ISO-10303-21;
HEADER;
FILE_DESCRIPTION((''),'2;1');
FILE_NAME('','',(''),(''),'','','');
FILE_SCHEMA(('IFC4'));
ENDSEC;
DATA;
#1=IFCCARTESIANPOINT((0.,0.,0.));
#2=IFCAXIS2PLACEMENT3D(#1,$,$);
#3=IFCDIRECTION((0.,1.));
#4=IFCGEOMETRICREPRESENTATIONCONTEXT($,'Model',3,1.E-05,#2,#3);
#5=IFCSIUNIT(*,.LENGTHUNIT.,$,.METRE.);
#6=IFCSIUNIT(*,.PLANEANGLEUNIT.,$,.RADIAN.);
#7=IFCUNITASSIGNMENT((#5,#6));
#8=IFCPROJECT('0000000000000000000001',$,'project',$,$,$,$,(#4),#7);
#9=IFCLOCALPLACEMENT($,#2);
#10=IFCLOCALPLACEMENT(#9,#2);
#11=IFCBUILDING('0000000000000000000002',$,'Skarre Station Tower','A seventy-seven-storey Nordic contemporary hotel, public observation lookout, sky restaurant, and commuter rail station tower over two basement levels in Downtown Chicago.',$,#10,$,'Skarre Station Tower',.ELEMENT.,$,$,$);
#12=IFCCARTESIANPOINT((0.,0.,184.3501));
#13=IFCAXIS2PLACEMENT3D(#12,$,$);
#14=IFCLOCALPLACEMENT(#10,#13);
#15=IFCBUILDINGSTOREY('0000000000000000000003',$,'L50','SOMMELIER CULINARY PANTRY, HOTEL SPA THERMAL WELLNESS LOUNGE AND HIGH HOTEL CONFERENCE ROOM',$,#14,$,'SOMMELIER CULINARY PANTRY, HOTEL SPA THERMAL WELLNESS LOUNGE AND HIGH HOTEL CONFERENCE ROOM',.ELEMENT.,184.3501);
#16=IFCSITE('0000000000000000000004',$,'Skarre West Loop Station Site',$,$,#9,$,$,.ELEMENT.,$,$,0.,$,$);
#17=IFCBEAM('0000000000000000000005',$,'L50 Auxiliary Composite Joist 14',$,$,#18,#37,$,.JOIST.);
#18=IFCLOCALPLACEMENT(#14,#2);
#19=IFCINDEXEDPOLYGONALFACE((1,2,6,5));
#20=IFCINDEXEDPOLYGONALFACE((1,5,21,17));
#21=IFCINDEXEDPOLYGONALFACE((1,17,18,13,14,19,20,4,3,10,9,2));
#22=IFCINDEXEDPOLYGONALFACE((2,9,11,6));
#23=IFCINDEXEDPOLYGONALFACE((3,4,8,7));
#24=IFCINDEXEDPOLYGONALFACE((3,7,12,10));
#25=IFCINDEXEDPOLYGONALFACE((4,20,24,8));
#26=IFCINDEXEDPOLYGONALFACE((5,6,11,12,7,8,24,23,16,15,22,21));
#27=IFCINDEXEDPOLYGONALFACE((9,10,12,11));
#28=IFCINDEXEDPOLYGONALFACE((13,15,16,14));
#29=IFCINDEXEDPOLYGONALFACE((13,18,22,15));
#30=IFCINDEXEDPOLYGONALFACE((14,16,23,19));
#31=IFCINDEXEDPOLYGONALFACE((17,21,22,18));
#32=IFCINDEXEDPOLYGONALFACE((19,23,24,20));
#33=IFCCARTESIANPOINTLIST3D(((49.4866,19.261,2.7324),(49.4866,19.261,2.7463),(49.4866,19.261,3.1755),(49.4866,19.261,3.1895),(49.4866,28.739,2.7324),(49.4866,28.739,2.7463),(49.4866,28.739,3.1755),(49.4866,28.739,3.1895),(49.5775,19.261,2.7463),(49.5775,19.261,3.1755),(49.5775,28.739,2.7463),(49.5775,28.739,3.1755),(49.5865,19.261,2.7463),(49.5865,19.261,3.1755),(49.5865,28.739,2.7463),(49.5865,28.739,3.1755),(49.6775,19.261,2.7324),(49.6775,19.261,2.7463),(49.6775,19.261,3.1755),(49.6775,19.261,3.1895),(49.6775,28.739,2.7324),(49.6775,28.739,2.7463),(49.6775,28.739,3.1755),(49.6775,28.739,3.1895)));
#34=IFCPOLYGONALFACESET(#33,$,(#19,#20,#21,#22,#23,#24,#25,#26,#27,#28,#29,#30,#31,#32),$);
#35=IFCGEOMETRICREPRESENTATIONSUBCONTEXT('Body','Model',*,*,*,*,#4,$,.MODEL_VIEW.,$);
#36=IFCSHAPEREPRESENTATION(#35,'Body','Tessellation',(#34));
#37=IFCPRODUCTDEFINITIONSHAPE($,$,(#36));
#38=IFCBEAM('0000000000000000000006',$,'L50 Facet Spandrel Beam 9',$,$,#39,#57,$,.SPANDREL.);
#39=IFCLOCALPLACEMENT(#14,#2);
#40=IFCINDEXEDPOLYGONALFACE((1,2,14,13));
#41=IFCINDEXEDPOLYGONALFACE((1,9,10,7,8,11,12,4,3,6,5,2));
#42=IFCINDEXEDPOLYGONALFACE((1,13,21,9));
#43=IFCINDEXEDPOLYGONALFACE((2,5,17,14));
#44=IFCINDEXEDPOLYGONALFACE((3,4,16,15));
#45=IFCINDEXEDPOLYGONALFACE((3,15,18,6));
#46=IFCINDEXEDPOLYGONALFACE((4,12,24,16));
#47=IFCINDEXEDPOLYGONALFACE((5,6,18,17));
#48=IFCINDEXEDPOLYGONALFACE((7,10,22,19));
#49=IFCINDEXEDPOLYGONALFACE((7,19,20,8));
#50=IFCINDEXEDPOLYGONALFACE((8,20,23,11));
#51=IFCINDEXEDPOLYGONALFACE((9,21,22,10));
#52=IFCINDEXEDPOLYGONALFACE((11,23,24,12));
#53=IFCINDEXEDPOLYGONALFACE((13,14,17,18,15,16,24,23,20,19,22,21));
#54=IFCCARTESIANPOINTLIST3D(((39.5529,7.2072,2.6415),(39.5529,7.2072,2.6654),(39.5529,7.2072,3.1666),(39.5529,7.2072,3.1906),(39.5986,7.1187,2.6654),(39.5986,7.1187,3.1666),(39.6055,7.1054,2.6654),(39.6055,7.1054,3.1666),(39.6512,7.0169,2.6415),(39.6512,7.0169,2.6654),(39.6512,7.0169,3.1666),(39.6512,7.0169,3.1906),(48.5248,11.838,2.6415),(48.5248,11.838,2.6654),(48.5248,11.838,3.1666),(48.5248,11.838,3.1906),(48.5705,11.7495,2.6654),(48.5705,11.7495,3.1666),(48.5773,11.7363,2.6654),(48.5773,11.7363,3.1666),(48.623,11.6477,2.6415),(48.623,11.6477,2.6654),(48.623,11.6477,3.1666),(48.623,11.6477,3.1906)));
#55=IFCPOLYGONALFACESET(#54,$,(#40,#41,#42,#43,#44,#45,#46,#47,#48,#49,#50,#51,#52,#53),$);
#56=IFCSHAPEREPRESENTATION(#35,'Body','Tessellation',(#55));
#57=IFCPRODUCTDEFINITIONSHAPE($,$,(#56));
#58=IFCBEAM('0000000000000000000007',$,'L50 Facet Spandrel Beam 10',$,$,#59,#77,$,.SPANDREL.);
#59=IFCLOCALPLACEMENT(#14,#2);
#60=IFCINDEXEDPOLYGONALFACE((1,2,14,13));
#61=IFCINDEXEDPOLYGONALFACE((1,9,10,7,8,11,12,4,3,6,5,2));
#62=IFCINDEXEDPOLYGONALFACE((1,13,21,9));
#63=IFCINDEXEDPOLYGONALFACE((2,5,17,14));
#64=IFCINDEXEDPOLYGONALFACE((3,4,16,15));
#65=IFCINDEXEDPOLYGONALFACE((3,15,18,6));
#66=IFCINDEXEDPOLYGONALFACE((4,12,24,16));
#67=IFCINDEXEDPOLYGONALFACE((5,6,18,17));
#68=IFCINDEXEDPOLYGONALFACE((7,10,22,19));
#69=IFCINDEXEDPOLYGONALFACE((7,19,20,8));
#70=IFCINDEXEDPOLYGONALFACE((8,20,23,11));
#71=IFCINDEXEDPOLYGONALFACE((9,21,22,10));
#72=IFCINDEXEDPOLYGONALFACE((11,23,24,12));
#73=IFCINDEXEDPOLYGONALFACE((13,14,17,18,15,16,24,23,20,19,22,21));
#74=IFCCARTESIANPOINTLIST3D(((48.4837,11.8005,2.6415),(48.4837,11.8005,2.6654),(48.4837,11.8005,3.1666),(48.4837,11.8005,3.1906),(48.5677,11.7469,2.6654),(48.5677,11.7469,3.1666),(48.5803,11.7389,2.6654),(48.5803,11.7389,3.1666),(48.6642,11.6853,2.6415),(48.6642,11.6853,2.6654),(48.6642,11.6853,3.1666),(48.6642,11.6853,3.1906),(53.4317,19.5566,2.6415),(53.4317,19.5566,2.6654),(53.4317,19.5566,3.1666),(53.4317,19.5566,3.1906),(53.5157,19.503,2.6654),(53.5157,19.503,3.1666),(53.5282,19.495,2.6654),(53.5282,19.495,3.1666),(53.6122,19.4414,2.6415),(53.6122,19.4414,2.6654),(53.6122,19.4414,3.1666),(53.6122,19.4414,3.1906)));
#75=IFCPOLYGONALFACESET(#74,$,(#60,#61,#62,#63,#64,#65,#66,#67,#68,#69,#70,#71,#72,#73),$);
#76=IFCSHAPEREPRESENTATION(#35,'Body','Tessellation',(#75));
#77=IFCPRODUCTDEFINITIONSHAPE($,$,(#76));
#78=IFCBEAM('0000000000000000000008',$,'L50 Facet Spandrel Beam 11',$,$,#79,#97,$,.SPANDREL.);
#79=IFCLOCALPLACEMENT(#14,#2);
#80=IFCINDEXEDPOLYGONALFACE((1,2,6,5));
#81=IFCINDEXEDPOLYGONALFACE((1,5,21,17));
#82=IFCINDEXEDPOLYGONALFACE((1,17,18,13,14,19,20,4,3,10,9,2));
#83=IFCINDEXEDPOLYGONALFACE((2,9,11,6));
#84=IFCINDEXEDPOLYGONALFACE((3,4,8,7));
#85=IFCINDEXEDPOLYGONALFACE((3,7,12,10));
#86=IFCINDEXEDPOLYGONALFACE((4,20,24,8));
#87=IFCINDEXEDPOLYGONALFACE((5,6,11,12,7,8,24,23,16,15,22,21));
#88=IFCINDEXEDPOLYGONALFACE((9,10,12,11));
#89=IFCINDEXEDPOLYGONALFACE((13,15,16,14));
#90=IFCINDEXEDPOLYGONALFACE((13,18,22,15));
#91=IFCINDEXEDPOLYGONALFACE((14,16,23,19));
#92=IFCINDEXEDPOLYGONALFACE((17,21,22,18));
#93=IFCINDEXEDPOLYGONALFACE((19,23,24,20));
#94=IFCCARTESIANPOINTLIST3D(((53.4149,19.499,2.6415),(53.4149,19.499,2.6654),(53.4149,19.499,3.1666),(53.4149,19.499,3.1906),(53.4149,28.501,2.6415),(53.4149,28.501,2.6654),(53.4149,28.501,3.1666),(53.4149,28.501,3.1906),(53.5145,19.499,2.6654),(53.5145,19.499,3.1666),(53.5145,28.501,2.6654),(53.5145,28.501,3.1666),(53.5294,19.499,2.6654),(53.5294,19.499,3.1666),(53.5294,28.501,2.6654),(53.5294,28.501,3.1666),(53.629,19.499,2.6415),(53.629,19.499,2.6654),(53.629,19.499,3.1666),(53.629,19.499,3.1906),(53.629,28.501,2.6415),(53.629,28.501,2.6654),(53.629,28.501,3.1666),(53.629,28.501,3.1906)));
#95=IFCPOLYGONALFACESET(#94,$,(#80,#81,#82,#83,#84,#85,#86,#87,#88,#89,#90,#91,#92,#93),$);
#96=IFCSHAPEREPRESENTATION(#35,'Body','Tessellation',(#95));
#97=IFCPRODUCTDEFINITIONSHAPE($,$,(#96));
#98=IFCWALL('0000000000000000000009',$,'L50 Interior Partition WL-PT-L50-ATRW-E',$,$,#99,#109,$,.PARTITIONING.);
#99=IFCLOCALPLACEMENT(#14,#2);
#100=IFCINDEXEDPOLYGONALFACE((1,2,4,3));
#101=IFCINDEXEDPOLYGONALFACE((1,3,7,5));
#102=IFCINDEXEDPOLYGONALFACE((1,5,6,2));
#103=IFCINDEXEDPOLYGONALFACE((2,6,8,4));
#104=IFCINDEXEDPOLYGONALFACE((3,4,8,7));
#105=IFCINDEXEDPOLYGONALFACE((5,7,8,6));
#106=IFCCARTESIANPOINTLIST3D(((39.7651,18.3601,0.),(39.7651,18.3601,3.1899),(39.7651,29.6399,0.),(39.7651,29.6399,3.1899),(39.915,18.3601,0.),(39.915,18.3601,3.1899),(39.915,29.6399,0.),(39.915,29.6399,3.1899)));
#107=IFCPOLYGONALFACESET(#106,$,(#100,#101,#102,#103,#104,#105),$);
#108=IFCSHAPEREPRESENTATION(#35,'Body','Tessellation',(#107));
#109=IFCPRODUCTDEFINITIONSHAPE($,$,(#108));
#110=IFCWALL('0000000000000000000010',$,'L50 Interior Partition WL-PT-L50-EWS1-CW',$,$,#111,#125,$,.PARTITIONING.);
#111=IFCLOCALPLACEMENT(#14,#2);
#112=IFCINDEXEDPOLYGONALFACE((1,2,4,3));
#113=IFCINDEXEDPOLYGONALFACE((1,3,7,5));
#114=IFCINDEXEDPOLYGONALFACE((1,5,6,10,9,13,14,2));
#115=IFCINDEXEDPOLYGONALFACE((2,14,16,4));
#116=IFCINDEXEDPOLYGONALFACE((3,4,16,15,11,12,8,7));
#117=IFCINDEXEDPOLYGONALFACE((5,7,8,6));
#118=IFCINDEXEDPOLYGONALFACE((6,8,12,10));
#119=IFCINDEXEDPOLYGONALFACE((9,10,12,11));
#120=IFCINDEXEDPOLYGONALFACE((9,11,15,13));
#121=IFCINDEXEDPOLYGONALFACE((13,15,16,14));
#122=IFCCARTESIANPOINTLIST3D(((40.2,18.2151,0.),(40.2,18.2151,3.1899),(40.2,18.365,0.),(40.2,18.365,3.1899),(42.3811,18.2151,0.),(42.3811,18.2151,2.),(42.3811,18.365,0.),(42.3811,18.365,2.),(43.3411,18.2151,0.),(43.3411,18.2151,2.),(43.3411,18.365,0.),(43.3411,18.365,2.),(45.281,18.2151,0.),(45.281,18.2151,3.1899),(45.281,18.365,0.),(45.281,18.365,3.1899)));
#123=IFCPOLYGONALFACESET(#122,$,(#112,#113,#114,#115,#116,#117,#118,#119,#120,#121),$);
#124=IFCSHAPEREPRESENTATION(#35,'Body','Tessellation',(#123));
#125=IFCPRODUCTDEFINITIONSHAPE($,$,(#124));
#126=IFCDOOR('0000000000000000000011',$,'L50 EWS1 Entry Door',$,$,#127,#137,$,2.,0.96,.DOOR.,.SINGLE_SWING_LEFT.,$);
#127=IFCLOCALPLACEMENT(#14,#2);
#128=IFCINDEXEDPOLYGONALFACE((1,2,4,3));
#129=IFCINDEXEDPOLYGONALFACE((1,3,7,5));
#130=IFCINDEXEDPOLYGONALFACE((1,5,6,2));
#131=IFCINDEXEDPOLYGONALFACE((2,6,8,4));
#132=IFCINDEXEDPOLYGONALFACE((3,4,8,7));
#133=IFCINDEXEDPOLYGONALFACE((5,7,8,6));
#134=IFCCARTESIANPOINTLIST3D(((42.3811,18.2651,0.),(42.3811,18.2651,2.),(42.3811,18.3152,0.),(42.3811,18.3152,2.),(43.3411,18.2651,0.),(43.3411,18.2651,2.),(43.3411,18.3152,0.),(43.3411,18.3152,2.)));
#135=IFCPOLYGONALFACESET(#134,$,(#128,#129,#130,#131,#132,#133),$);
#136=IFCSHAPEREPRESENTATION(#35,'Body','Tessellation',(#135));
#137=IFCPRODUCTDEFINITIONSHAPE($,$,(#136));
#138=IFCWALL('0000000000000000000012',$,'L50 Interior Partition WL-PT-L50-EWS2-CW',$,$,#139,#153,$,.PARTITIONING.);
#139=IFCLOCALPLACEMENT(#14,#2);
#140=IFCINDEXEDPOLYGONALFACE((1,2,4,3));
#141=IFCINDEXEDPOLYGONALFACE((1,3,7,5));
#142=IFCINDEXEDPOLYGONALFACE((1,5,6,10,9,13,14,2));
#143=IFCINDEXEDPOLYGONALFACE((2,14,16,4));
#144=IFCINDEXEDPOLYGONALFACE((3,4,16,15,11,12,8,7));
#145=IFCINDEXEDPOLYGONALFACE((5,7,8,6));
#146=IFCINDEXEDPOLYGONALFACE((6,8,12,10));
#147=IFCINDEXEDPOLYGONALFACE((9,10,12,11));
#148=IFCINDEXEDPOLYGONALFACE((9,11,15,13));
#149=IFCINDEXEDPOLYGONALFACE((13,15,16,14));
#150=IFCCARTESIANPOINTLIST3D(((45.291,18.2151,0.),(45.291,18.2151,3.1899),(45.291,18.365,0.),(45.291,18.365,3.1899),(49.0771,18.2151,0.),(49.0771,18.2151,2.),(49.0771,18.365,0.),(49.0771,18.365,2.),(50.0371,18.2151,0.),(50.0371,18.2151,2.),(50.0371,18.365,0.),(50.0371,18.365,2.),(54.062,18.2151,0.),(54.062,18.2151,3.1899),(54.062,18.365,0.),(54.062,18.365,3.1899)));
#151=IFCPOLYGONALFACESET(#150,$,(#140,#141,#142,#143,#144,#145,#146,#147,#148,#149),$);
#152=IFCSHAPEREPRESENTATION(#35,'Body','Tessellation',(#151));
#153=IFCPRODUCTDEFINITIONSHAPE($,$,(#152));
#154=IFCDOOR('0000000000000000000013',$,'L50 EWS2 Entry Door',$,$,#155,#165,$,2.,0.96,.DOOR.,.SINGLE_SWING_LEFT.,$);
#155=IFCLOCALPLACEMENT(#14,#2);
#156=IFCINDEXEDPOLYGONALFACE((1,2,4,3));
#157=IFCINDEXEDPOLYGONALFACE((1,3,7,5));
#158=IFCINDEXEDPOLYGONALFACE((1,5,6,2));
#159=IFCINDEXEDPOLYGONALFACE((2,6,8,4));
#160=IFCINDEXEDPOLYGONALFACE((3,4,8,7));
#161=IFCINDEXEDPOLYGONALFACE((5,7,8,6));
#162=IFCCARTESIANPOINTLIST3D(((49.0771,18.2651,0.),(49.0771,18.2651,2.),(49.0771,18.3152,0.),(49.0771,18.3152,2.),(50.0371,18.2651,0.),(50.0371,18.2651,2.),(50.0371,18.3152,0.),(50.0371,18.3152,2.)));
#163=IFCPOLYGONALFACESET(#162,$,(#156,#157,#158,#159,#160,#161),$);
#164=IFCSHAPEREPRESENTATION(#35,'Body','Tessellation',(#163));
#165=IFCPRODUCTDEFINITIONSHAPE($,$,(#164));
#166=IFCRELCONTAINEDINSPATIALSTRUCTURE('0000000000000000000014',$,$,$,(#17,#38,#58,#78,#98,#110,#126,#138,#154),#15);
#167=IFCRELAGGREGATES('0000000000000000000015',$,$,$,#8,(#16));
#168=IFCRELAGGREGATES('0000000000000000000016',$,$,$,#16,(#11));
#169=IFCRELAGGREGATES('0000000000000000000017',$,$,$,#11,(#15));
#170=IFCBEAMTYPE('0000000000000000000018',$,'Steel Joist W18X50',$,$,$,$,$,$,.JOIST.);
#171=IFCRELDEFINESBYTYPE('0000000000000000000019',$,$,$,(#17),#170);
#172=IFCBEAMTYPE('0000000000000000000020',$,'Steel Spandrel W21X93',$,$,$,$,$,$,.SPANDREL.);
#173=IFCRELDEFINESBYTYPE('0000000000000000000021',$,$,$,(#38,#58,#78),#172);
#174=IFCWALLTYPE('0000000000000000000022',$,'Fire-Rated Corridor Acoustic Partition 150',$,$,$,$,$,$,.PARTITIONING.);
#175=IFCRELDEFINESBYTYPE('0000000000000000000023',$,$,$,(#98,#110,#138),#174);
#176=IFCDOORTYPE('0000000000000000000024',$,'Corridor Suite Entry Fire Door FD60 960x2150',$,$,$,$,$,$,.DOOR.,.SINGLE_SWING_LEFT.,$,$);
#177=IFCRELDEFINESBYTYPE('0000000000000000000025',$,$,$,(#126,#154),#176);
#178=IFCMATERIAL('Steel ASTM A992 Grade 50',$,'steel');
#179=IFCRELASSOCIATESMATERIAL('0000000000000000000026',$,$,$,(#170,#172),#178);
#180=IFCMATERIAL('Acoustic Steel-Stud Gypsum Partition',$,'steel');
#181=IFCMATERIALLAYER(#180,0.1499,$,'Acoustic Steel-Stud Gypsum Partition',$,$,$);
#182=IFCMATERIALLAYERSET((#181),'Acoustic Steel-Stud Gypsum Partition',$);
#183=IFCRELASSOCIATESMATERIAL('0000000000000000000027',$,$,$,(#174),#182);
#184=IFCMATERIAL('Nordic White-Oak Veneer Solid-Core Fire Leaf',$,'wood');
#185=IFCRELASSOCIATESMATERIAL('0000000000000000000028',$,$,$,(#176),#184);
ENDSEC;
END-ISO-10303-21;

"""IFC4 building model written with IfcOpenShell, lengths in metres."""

from ifc_helpers import new_model, si_unit, direction, frame, frame_2d, origin, origin_2d, place, context, subcontext, project, spatial, rectangle, i_section, extrude, material, layer, layer_set, material_profile, profile_set, type_object, element, fill, save


model = new_model("IFC4")

# Units and contexts
model_context = context("Model", 3, precision=1e-05, world=origin(), true_north=direction((0.0, 1.0)))
body_context = subcontext(model_context, "Body", "Model", "MODEL_VIEW")
ifc_project = project(units=[si_unit("LENGTHUNIT", "METRE"), si_unit("PLANEANGLEUNIT", "RADIAN")], contexts=[model_context])

# Site, building, storey
site_placement = place(None, origin())
site = spatial("IfcSite", under=ifc_project, at=site_placement, Name="Skarre West Loop Station Site", CompositionType="ELEMENT", RefElevation=0.0)
building_placement = place(site_placement, origin())
building = spatial("IfcBuilding", under=site, at=building_placement, Name="Skarre Station Tower", Description="A seventy-seven-storey Nordic contemporary hotel, public observation lookout, sky restaurant, and commuter rail station tower over two basement levels in Downtown Chicago.", LongName="Skarre Station Tower", CompositionType="ELEMENT")
storey_placement = place(building_placement, frame((0.0, 0.0, 184.3501)))
storey = spatial("IfcBuildingStorey", under=building, at=storey_placement, Name="L50", Description="SOMMELIER CULINARY PANTRY, HOTEL SPA THERMAL WELLNESS LOUNGE AND HIGH HOTEL CONFERENCE ROOM", LongName="SOMMELIER CULINARY PANTRY, HOTEL SPA THERMAL WELLNESS LOUNGE AND HIGH HOTEL CONFERENCE ROOM", CompositionType="ELEMENT", Elevation=184.3501)

# Beams
ifc_material_1 = material(Name="Steel ASTM A992 Grade 50", Category="steel")
ifc_material_profile_1 = material_profile(ifc_material_1, i_section(OverallWidth=0.1909, OverallDepth=0.457, WebThickness=0.009, FlangeThickness=0.0139, at=origin_2d()), Name="Steel ASTM A992 Grade 50")
ifc_profile_set_1 = profile_set([ifc_material_profile_1], Name="Steel ASTM A992 Grade 50")
beam_type_1 = type_object("IfcBeamType", Name="Steel Joist W18X50", PredefinedType="JOIST", material=ifc_profile_set_1)
beam_1_placement = place(storey_placement, frame((49.582, 19.261, 2.9609), z_axis=(0.0, 1.0, 0.0), x_axis=(-1.0, 0.0, 0.0)))
element("IfcBeam", 1, at=beam_1_placement, inside=storey, type_object=beam_type_1, Name="L50 Auxiliary Composite Joist 14", PredefinedType="JOIST", context=body_context, shape_type="SweptSolid", body=[
    extrude(i_section(OverallWidth=0.1909, OverallDepth=0.457, WebThickness=0.009, FlangeThickness=0.0139, at=origin_2d()), origin(), (0.0, 0.0, 1.0), 9.478),
])
ifc_material_profile_2 = material_profile(ifc_material_1, i_section(OverallWidth=0.2141, OverallDepth=0.5491, WebThickness=0.0149, FlangeThickness=0.0239, at=origin_2d()), Name="Steel ASTM A992 Grade 50")
ifc_profile_set_2 = profile_set([ifc_material_profile_2], Name="Steel ASTM A992 Grade 50")
beam_type_2 = type_object("IfcBeamType", Name="Steel Spandrel W21X93", PredefinedType="SPANDREL", material=ifc_profile_set_2)
beam_2_placement = place(storey_placement, frame((39.6021, 7.1121, 2.916), z_axis=(0.888613, 0.458658, 0.0), x_axis=(-0.458658, 0.888613, 0.0)))
element("IfcBeam", 2, at=beam_2_placement, inside=storey, type_object=beam_type_2, Name="L50 Facet Spandrel Beam 9", PredefinedType="SPANDREL", context=body_context, shape_type="SweptSolid", body=[
    extrude(i_section(OverallWidth=0.2141, OverallDepth=0.5491, WebThickness=0.0149, FlangeThickness=0.0239, at=origin_2d()), origin(), (0.0, 0.0, 1.0), 10.0964),
])
beam_3_placement = place(storey_placement, frame((48.574, 11.7429, 2.916), z_axis=(0.537826, 0.843056, 0.0), x_axis=(-0.843056, 0.537826, 0.0)))
element("IfcBeam", 3, at=beam_3_placement, inside=storey, type_object=beam_type_2, Name="L50 Facet Spandrel Beam 10", PredefinedType="SPANDREL", context=body_context, shape_type="SweptSolid", body=[
    extrude(i_section(OverallWidth=0.2141, OverallDepth=0.5491, WebThickness=0.0149, FlangeThickness=0.0239, at=origin_2d()), origin(), (0.0, 0.0, 1.0), 9.2),
])
beam_4_placement = place(storey_placement, frame((53.522, 19.499, 2.916), z_axis=(0.0, 1.0, 0.0), x_axis=(-1.0, 0.0, 0.0)))
element("IfcBeam", 4, at=beam_4_placement, inside=storey, type_object=beam_type_2, Name="L50 Facet Spandrel Beam 11", PredefinedType="SPANDREL", context=body_context, shape_type="SweptSolid", body=[
    extrude(i_section(OverallWidth=0.2141, OverallDepth=0.5491, WebThickness=0.0149, FlangeThickness=0.0239, at=origin_2d()), origin(), (0.0, 0.0, 1.0), 9.002),
])

# Wall
ifc_material_2 = material(Name="Acoustic Steel-Stud Gypsum Partition", Category="steel")
ifc_layer_1 = layer(ifc_material_2, 0.1499, Name="Acoustic Steel-Stud Gypsum Partition")
ifc_layer_set_1 = layer_set([ifc_layer_1], Name="Acoustic Steel-Stud Gypsum Partition")
wall_type_1 = type_object("IfcWallType", Name="Fire-Rated Corridor Acoustic Partition 150", PredefinedType="PARTITIONING", material=ifc_layer_set_1)
wall_1_placement = place(storey_placement, frame((39.8401, 18.3601, 0.0), z_axis=(0.0, 0.0, 1.0), x_axis=(0.0, 1.0, 0.0)))
element("IfcWall", 5, at=wall_1_placement, inside=storey, type_object=wall_type_1, Name="L50 Interior Partition WL-PT-L50-ATRW-E", PredefinedType="PARTITIONING", context=body_context, shape_type="SweptSolid", body=[
    extrude(rectangle(XDim=11.2798, YDim=0.1499, at=frame_2d((5.6399, 0.0))), origin(), (0.0, 0.0, 1.0), 3.1899),
])

# Walls, openings, doors
wall_2_placement = place(storey_placement, frame((45.281, 18.29, 0.0), z_axis=(0.0, 0.0, 1.0), x_axis=(-1.0, 0.0, 0.0)))
wall_2 = element("IfcWall", 6, at=wall_2_placement, inside=storey, type_object=wall_type_1, Name="L50 Interior Partition WL-PT-L50-EWS1-CW", PredefinedType="PARTITIONING", context=body_context, shape_type="SweptSolid", body=[
    extrude(rectangle(XDim=5.0811, YDim=0.1499, at=frame_2d((2.5405, 0.0))), origin(), (0.0, 0.0, 1.0), 3.1899),
])
opening_1_placement = place(wall_2_placement, frame((1.9399, 0.0, 0.0)))
opening_1 = element("IfcOpeningElement", 7, at=opening_1_placement, cuts=wall_2, PredefinedType="OPENING", context=body_context, shape_type="SweptSolid", body=[
    extrude(rectangle(XDim=0.96, YDim=2.0, at=frame_2d((0.48, 1.0))), frame((0.0, 0.085, 0.0), z_axis=(0.0, -1.0, 0.0), x_axis=(1.0, 0.0, 0.0)), (0.0, 0.0, 1.0), 0.1699),
])
ifc_material_3 = material(Name="Nordic White-Oak Veneer Solid-Core Fire Leaf", Category="wood")
door_type = type_object("IfcDoorType", Name="Corridor Suite Entry Fire Door FD60 960x2150", OperationType="SINGLE_SWING_LEFT", PredefinedType="DOOR", material=ifc_material_3)
door_1_placement = place(opening_1_placement, origin())
door_1 = element("IfcDoor", 8, at=door_1_placement, inside=storey, type_object=door_type, Name="L50 EWS1 Entry Door", OperationType="SINGLE_SWING_LEFT", OverallHeight=2.0, OverallWidth=0.96, PredefinedType="DOOR", context=body_context, shape_type="SweptSolid", body=[
    extrude(rectangle(XDim=0.96, YDim=2.0, at=frame_2d((0.48, 1.0))), frame((0.0, 0.0249, 0.0), z_axis=(0.0, -1.0, 0.0), x_axis=(1.0, 0.0, 0.0)), (0.0, 0.0, 1.0), 0.05),
])
fill(opening_1, door_1)
wall_3_placement = place(storey_placement, frame((54.062, 18.29, 0.0), z_axis=(0.0, 0.0, 1.0), x_axis=(-1.0, 0.0, 0.0)))
wall_3 = element("IfcWall", 9, at=wall_3_placement, inside=storey, type_object=wall_type_1, Name="L50 Interior Partition WL-PT-L50-EWS2-CW", PredefinedType="PARTITIONING", context=body_context, shape_type="SweptSolid", body=[
    extrude(rectangle(XDim=8.771, YDim=0.1499, at=frame_2d((4.3855, 0.0))), origin(), (0.0, 0.0, 1.0), 3.1899),
])
opening_2_placement = place(wall_3_placement, frame((4.0249, 0.0, 0.0)))
opening_2 = element("IfcOpeningElement", 10, at=opening_2_placement, cuts=wall_3, PredefinedType="OPENING", context=body_context, shape_type="SweptSolid", body=[
    extrude(rectangle(XDim=0.96, YDim=2.0, at=frame_2d((0.48, 1.0))), frame((0.0, 0.085, 0.0), z_axis=(0.0, -1.0, 0.0), x_axis=(1.0, 0.0, 0.0)), (0.0, 0.0, 1.0), 0.1699),
])
door_2_placement = place(opening_2_placement, origin())
door_2 = element("IfcDoor", 11, at=door_2_placement, inside=storey, type_object=door_type, Name="L50 EWS2 Entry Door", OperationType="SINGLE_SWING_LEFT", OverallHeight=2.0, OverallWidth=0.96, PredefinedType="DOOR", context=body_context, shape_type="SweptSolid", body=[
    extrude(rectangle(XDim=0.96, YDim=2.0, at=frame_2d((0.48, 1.0))), frame((0.0, 0.0249, 0.0), z_axis=(0.0, -1.0, 0.0), x_axis=(1.0, 0.0, 0.0)), (0.0, 0.0, 1.0), 0.05),
])
fill(opening_2, door_2)

save(model, "model.ifc")
